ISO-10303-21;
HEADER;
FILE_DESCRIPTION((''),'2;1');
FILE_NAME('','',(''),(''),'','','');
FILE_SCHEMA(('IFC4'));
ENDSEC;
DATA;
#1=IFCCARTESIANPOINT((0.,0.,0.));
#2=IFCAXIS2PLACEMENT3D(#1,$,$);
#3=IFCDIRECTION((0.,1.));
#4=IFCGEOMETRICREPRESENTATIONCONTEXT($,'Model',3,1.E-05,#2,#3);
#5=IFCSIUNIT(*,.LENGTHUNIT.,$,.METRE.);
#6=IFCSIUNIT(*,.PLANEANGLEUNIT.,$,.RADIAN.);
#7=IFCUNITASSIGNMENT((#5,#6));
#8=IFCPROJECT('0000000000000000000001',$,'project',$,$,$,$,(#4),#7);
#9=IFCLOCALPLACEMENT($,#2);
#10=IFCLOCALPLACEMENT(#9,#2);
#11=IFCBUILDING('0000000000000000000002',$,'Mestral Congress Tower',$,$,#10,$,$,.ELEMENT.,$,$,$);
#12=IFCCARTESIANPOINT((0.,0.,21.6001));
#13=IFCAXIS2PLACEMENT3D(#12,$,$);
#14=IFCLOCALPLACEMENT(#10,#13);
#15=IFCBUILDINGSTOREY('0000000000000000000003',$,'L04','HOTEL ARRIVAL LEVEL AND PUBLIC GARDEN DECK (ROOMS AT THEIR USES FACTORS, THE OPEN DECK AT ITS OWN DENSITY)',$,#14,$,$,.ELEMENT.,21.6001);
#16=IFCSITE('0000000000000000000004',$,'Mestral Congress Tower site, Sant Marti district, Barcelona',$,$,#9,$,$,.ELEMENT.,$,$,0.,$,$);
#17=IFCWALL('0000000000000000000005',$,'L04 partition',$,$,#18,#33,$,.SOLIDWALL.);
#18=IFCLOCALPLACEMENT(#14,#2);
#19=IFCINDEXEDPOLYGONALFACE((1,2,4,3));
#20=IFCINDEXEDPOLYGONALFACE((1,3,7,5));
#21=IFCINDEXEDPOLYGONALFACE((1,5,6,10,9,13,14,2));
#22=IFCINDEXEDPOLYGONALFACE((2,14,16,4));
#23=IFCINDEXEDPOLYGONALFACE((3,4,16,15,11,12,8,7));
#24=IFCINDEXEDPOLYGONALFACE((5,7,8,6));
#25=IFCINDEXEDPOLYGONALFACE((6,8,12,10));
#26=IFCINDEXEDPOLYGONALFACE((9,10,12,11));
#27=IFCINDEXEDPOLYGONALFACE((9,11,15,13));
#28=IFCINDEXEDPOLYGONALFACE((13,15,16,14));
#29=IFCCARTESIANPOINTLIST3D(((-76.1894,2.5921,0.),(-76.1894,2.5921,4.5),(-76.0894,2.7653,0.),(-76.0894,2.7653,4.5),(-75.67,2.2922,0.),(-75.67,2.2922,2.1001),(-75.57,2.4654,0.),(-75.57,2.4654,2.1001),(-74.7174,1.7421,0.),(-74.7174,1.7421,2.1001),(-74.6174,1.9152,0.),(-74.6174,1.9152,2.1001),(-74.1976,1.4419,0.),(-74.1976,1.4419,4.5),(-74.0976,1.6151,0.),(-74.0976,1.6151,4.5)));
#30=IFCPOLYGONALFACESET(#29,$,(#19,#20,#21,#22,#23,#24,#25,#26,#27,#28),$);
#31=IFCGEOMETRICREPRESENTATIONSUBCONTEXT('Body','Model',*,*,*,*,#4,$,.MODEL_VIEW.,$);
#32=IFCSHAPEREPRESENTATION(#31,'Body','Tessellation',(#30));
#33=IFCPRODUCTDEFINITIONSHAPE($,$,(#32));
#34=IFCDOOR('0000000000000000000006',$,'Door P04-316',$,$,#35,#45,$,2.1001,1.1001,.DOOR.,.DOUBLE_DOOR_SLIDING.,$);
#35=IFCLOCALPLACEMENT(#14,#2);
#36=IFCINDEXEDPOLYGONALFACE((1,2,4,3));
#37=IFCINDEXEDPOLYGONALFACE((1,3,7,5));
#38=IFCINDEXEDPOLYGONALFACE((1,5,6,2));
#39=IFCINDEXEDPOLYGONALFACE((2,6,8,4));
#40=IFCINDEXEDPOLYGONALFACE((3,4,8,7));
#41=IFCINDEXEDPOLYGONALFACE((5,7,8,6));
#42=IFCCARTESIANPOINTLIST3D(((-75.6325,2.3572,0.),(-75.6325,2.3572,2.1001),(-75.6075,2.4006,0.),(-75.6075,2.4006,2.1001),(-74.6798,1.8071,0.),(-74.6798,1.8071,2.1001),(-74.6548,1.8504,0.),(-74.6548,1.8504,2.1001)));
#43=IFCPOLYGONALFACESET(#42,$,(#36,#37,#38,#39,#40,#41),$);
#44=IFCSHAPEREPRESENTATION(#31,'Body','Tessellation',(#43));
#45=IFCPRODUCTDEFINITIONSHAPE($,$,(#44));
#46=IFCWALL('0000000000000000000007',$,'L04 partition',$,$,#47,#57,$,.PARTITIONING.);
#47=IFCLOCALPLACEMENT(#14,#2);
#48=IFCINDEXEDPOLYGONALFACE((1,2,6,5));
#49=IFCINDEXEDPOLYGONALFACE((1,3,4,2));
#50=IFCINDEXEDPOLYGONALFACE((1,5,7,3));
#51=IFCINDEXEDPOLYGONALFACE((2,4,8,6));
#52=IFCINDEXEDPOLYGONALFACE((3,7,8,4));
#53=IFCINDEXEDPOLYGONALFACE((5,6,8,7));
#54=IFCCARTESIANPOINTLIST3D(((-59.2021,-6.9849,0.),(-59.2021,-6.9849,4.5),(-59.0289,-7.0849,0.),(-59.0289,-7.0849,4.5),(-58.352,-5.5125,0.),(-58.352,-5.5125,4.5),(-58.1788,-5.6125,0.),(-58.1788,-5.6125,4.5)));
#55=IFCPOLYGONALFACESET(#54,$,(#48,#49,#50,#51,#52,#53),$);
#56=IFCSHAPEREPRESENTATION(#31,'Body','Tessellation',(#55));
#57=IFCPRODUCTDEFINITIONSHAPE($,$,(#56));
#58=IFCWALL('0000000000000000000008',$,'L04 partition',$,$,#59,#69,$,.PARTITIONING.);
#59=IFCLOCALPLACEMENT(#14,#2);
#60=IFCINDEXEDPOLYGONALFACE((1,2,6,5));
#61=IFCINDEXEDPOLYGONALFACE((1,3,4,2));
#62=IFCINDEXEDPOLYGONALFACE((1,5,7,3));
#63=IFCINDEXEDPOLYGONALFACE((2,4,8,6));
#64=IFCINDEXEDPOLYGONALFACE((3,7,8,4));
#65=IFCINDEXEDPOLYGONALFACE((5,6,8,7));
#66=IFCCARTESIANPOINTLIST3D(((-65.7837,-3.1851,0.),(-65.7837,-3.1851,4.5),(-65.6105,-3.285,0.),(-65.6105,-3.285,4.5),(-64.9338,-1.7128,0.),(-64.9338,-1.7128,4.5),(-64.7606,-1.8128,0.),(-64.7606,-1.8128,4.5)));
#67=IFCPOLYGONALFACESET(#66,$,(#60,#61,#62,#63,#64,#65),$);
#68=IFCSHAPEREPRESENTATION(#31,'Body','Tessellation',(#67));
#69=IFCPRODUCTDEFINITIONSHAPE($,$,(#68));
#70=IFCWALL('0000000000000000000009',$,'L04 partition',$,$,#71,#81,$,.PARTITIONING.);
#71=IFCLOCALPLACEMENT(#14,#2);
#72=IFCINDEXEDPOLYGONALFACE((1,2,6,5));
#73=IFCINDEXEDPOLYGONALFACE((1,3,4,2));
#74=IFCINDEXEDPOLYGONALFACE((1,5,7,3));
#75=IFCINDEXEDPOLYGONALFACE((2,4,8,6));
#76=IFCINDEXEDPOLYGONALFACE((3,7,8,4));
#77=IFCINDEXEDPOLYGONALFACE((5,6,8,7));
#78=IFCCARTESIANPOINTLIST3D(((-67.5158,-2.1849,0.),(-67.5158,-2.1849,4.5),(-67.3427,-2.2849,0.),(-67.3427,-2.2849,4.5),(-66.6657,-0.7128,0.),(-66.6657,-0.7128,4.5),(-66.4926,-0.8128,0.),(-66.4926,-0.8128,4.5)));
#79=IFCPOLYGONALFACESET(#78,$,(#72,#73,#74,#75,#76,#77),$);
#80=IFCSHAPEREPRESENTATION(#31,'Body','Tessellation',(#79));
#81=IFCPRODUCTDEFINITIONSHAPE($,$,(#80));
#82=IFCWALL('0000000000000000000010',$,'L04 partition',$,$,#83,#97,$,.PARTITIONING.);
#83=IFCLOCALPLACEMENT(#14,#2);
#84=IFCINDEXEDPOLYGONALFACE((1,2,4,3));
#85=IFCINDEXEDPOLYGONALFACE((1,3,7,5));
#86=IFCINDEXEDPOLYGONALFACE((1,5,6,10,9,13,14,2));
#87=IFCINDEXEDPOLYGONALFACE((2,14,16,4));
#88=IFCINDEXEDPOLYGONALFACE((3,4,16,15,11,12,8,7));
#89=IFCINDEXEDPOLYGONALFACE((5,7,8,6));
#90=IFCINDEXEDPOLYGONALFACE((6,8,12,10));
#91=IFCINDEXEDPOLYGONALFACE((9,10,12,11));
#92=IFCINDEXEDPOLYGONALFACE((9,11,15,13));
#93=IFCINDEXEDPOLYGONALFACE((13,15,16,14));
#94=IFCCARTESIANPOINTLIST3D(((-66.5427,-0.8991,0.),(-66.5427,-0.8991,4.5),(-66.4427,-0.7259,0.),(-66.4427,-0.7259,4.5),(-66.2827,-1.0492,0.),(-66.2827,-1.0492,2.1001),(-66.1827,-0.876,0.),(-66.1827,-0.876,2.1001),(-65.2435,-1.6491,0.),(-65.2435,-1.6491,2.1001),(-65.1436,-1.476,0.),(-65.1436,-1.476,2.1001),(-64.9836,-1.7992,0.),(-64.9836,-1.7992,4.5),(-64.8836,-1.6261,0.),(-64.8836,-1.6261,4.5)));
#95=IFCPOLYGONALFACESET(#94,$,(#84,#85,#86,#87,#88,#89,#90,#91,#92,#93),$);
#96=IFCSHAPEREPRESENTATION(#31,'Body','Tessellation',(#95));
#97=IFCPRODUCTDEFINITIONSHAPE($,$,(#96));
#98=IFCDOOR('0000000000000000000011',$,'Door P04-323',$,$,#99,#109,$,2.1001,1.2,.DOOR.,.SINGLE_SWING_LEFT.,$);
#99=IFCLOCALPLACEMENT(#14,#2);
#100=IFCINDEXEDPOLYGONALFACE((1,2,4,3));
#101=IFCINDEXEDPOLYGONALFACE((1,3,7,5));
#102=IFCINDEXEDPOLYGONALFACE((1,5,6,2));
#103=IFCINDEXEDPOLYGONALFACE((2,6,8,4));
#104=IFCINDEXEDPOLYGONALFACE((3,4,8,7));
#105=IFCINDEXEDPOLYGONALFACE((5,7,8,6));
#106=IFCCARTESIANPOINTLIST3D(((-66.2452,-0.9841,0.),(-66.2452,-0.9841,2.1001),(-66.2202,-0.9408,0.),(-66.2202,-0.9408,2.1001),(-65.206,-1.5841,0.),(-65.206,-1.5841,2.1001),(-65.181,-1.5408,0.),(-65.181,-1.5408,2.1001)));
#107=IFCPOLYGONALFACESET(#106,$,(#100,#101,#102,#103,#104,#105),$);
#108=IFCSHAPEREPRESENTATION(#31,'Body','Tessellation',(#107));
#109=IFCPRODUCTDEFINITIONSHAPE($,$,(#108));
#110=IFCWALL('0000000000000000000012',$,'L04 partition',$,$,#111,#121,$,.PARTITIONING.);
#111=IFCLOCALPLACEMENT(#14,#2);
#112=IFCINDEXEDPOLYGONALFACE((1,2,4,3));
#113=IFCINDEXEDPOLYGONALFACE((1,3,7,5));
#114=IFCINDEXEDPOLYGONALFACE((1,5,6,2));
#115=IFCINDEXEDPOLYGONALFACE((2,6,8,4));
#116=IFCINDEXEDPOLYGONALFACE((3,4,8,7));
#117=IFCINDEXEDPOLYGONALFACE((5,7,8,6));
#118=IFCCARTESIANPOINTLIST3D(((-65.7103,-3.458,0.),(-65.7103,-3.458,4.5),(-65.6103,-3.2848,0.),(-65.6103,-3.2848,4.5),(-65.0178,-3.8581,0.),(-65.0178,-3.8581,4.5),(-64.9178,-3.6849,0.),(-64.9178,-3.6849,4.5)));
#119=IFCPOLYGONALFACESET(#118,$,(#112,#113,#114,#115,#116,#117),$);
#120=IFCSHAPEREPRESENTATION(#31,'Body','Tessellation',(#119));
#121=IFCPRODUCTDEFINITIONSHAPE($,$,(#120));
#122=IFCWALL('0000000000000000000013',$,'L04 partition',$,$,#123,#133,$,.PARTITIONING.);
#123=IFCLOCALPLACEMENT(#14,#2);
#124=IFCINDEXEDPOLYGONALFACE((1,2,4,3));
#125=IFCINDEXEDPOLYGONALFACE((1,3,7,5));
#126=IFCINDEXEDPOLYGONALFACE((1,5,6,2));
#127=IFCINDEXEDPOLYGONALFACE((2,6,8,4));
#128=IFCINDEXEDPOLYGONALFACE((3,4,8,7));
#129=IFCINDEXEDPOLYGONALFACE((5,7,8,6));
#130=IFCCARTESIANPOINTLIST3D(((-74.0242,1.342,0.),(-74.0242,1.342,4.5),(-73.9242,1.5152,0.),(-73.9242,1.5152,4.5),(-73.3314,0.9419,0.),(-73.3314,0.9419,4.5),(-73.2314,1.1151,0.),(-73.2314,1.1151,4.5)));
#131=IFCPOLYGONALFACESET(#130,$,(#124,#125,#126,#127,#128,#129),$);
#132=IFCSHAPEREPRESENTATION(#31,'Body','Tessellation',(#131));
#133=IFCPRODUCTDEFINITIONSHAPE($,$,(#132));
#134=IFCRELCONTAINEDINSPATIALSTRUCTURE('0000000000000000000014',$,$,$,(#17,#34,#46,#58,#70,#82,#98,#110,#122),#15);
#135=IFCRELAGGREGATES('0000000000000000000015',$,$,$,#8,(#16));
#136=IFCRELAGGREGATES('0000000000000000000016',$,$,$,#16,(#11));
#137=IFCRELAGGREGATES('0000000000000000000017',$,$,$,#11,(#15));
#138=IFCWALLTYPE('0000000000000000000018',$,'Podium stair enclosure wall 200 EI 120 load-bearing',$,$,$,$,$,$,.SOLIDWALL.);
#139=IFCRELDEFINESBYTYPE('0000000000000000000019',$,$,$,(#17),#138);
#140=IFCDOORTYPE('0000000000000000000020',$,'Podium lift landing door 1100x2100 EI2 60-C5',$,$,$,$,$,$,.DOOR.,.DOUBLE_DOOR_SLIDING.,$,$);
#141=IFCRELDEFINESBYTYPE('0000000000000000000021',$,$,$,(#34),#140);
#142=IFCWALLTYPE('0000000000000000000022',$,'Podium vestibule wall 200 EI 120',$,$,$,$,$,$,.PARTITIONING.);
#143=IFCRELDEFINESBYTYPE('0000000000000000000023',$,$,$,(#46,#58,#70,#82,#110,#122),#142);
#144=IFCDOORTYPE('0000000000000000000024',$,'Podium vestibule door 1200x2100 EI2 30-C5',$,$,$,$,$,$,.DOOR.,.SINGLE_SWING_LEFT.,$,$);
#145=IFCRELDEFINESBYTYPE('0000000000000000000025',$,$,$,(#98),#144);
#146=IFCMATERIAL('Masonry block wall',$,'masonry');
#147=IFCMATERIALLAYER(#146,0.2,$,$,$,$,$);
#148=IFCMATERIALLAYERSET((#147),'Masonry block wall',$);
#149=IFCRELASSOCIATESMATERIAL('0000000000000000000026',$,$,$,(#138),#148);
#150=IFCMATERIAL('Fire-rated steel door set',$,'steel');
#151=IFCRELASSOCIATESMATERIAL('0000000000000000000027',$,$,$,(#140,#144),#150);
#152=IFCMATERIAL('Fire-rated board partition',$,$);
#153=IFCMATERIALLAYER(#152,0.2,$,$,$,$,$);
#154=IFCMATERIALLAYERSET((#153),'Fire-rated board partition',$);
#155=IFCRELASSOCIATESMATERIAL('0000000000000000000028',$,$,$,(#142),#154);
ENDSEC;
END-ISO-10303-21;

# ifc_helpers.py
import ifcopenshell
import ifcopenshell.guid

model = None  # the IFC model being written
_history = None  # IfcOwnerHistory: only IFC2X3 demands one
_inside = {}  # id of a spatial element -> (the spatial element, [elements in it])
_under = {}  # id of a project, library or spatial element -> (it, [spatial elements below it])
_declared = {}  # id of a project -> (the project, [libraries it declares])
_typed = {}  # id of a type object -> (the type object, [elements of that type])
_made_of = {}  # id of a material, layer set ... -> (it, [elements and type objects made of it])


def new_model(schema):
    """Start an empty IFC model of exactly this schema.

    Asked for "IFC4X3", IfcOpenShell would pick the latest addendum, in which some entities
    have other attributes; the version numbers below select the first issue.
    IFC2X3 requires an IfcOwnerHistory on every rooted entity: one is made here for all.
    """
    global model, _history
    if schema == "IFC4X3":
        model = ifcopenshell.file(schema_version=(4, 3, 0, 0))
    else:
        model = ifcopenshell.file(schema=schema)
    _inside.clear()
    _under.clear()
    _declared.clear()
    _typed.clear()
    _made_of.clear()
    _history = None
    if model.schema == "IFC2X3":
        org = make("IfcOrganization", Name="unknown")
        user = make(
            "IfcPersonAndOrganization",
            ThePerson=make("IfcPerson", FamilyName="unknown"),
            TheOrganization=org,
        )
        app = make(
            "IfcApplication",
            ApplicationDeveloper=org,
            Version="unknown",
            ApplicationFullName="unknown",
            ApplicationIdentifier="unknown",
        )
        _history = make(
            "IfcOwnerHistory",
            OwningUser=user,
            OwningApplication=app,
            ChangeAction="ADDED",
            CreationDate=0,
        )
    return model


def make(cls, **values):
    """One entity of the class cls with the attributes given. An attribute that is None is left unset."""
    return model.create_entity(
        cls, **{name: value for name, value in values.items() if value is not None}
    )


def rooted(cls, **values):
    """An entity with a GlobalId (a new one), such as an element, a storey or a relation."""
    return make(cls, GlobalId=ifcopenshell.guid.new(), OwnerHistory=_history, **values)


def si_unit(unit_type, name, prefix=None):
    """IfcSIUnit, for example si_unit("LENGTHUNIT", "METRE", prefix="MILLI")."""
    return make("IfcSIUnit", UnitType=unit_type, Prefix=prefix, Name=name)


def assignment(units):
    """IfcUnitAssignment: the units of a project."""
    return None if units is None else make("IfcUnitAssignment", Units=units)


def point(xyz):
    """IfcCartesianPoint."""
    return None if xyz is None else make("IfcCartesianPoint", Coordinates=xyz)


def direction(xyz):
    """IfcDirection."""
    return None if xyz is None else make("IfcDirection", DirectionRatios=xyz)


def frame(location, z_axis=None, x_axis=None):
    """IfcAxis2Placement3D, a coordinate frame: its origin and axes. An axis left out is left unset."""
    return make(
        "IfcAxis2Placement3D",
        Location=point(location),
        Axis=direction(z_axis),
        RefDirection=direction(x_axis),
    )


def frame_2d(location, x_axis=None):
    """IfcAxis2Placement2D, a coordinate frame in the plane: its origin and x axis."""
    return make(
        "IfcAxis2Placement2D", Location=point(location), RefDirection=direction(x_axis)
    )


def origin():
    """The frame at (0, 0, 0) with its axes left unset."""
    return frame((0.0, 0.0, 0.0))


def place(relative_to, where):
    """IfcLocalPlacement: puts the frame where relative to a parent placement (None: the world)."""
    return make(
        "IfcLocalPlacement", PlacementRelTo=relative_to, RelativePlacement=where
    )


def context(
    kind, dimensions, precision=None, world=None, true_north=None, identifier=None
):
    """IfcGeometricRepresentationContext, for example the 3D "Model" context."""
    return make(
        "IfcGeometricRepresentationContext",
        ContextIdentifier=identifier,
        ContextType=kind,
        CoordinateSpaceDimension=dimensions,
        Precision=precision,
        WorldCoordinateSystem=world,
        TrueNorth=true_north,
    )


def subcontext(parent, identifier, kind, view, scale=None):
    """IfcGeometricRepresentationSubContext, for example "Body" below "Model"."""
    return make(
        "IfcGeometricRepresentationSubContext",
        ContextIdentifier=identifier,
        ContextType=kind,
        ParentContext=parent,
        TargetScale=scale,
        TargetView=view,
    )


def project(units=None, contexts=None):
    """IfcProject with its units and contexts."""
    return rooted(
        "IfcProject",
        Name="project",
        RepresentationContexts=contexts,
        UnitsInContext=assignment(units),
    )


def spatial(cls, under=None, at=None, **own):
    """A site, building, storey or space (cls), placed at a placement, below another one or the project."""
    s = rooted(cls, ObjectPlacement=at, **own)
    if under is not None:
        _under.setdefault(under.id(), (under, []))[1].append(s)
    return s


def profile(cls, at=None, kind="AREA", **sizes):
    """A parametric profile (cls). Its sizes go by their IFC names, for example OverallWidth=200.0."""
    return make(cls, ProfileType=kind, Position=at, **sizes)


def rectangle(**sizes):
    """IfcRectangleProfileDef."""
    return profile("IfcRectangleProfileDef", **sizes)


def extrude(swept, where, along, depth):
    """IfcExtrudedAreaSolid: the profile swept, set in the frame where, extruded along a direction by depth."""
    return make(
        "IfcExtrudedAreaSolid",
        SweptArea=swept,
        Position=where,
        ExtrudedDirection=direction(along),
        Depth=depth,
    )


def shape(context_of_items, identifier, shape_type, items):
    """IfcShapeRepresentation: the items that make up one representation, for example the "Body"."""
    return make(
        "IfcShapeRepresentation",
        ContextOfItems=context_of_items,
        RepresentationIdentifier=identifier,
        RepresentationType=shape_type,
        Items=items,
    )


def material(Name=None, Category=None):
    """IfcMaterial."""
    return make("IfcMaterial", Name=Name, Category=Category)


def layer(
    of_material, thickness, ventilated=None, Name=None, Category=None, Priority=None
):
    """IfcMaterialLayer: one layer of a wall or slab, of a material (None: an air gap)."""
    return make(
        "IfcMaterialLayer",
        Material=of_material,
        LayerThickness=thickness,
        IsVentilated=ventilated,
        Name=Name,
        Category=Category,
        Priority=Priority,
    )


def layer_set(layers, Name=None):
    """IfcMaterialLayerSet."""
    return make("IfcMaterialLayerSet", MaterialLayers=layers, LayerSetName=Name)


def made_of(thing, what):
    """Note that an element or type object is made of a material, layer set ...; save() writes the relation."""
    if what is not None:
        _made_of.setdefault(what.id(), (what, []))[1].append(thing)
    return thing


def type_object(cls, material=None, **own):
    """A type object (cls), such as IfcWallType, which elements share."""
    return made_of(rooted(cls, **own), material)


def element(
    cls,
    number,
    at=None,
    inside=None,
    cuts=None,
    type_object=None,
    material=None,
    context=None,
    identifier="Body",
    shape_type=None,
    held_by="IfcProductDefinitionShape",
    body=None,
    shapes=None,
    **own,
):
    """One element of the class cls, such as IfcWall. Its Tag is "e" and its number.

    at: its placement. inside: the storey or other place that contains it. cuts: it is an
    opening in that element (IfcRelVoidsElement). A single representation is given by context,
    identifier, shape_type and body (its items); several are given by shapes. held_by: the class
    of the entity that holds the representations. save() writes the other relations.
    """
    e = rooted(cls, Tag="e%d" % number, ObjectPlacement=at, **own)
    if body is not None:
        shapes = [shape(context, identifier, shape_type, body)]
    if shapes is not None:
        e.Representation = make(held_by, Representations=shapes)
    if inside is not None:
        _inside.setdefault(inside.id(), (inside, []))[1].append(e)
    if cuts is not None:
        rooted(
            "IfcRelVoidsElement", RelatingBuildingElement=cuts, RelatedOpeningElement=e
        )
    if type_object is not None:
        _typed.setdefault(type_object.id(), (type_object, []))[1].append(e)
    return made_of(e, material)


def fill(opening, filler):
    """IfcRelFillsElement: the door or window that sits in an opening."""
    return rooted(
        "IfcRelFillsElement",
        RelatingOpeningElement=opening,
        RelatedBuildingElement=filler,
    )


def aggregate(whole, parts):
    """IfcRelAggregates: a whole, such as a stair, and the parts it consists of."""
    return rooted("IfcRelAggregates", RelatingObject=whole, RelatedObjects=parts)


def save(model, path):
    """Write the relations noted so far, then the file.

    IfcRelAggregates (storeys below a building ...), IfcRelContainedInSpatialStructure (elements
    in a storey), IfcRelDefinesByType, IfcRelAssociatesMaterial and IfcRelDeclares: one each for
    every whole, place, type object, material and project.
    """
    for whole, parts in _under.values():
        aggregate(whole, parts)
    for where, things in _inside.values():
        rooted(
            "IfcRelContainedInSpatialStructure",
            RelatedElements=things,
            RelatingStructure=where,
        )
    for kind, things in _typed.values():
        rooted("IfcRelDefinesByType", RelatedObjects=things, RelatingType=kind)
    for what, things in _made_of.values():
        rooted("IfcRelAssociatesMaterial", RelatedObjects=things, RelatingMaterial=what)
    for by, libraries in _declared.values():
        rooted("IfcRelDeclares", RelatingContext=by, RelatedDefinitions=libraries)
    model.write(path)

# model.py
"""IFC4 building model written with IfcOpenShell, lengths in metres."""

from ifc_helpers import new_model, si_unit, direction, frame, frame_2d, origin, place, context, subcontext, project, spatial, rectangle, extrude, material, layer, layer_set, type_object, element, fill, save


model = new_model("IFC4")

# Units and contexts
model_context = context("Model", 3, precision=1e-05, world=origin(), true_north=direction((0.0, 1.0)))
body_context = subcontext(model_context, "Body", "Model", "MODEL_VIEW")
ifc_project = project(units=[si_unit("LENGTHUNIT", "METRE"), si_unit("PLANEANGLEUNIT", "RADIAN")], contexts=[model_context])

# Site, building, storey
site_placement = place(None, origin())
site = spatial("IfcSite", under=ifc_project, at=site_placement, Name="Mestral Congress Tower site, Sant Marti district, Barcelona", CompositionType="ELEMENT", RefElevation=0.0)
building_placement = place(site_placement, origin())
building = spatial("IfcBuilding", under=site, at=building_placement, Name="Mestral Congress Tower", CompositionType="ELEMENT")
storey_placement = place(building_placement, frame((0.0, 0.0, 21.6001)))
storey = spatial("IfcBuildingStorey", under=building, at=storey_placement, Name="L04", Description="HOTEL ARRIVAL LEVEL AND PUBLIC GARDEN DECK (ROOMS AT THEIR USES FACTORS, THE OPEN DECK AT ITS OWN DENSITY)", CompositionType="ELEMENT", Elevation=21.6001)

# Shared definitions
ifc_material_1 = material(Name="Masonry block wall", Category="masonry")
ifc_layer_1 = layer(ifc_material_1, 0.2)
ifc_layer_set_1 = layer_set([ifc_layer_1], Name="Masonry block wall")
wall_type_1 = type_object("IfcWallType", Name="Podium stair enclosure wall 200 EI 120 load-bearing", PredefinedType="SOLIDWALL", material=ifc_layer_set_1)

# Shared definitions
ifc_material_2 = material(Name="Fire-rated steel door set", Category="steel")

# Wall, opening, door
wall_1_placement = place(storey_placement, frame((-74.1477, 1.5286, 0.0), z_axis=(0.0, 0.0, 1.0), x_axis=(-0.865981, 0.500078, 0.0)))
wall_1 = element("IfcWall", 1, at=wall_1_placement, inside=storey, type_object=wall_type_1, Name="L04 partition", PredefinedType="SOLIDWALL", context=body_context, shape_type="SweptSolid", body=[
    extrude(rectangle(XDim=2.3, YDim=0.2, at=frame_2d((1.1499, 0.0))), origin(), (0.0, 0.0, 1.0), 4.5),
])
opening_1_placement = place(wall_1_placement, frame((0.6001, 0.0, 0.0)))
opening_1 = element("IfcOpeningElement", 2, at=opening_1_placement, cuts=wall_1, PredefinedType="OPENING", context=body_context, shape_type="SweptSolid", body=[
    extrude(rectangle(XDim=1.1001, YDim=2.1001, at=frame_2d((0.55, 1.05))), frame((0.0, 0.1099, 0.0), z_axis=(0.0, -1.0, 0.0), x_axis=(1.0, 0.0, 0.0)), (0.0, 0.0, 1.0), 0.22),
])
door_type_1 = type_object("IfcDoorType", Name="Podium lift landing door 1100x2100 EI2 60-C5", OperationType="DOUBLE_DOOR_SLIDING", PredefinedType="DOOR", material=ifc_material_2)
door_1_placement = place(opening_1_placement, origin())
door_1 = element("IfcDoor", 3, at=door_1_placement, inside=storey, type_object=door_type_1, Name="Door P04-316", OperationType="DOUBLE_DOOR_SLIDING", OverallHeight=2.1001, OverallWidth=1.1001, PredefinedType="DOOR", context=body_context, shape_type="SweptSolid", body=[
    extrude(rectangle(XDim=1.1001, YDim=2.1001, at=frame_2d((0.55, 1.05))), frame((0.0, 0.0249, 0.0), z_axis=(0.0, -1.0, 0.0), x_axis=(1.0, 0.0, 0.0)), (0.0, 0.0, 1.0), 0.05),
])
fill(opening_1, door_1)

# Walls
ifc_material_3 = material(Name="Fire-rated board partition")
ifc_layer_2 = layer(ifc_material_3, 0.2)
ifc_layer_set_2 = layer_set([ifc_layer_2], Name="Fire-rated board partition")
wall_type_2 = type_object("IfcWallType", Name="Podium vestibule wall 200 EI 120", PredefinedType="PARTITIONING", material=ifc_layer_set_2)
wall_2_placement = place(storey_placement, frame((-58.2654, -5.5625, 0.0), z_axis=(0.0, 0.0, 1.0), x_axis=(-0.5, -0.866025, 0.0)))
element("IfcWall", 4, at=wall_2_placement, inside=storey, type_object=wall_type_2, Name="L04 partition", PredefinedType="PARTITIONING", context=body_context, shape_type="SweptSolid", body=[
    extrude(rectangle(XDim=1.7002, YDim=0.2, at=frame_2d((0.8501, 0.0))), origin(), (0.0, 0.0, 1.0), 4.5),
])
for number, where, z_axis, x_axis, name in (
    (5, (-64.8472, -1.7627, 0.0), (0.0, 0.0, 1.0), (-0.499955, -0.866052, 0.0), "L04 partition"),
    (6, (-66.5791, -0.7627, 0.0), (0.0, 0.0, 1.0), (-0.500062, -0.865989, 0.0), "L04 partition"),
):
    element("IfcWall", number, at=place(storey_placement, frame(where, z_axis=z_axis, x_axis=x_axis)), inside=storey, type_object=wall_type_2, Name=name, PredefinedType="PARTITIONING", context=body_context, shape_type="SweptSolid", body=[
        extrude(rectangle(XDim=1.7, YDim=0.2, at=frame_2d((0.8501, 0.0))), origin(), (0.0, 0.0, 1.0), 4.5),
    ])

# Wall, opening, door
wall_3_placement = place(storey_placement, frame((-64.9336, -1.7126, 0.0), z_axis=(0.0, 0.0, 1.0), x_axis=(-0.866023, 0.500004, 0.0)))
wall_3 = element("IfcWall", 7, at=wall_3_placement, inside=storey, type_object=wall_type_2, Name="L04 partition", PredefinedType="PARTITIONING", context=body_context, shape_type="SweptSolid", body=[
    extrude(rectangle(XDim=1.8003, YDim=0.2, at=frame_2d((0.9001, 0.0))), origin(), (0.0, 0.0, 1.0), 4.5),
])
opening_2_placement = place(wall_3_placement, frame((0.3, 0.0, 0.0)))
opening_2 = element("IfcOpeningElement", 8, at=opening_2_placement, cuts=wall_3, PredefinedType="OPENING", context=body_context, shape_type="SweptSolid", body=[
    extrude(rectangle(XDim=1.2, YDim=2.1001, at=frame_2d((0.6001, 1.05))), frame((0.0, 0.1099, 0.0), z_axis=(0.0, -1.0, 0.0), x_axis=(1.0, 0.0, 0.0)), (0.0, 0.0, 1.0), 0.22),
])
door_type_2 = type_object("IfcDoorType", Name="Podium vestibule door 1200x2100 EI2 30-C5", OperationType="SINGLE_SWING_LEFT", PredefinedType="DOOR", material=ifc_material_2)
door_2_placement = place(opening_2_placement, origin())
door_2 = element("IfcDoor", 9, at=door_2_placement, inside=storey, type_object=door_type_2, Name="Door P04-323", OperationType="SINGLE_SWING_LEFT", OverallHeight=2.1001, OverallWidth=1.2, PredefinedType="DOOR", context=body_context, shape_type="SweptSolid", body=[
    extrude(rectangle(XDim=1.2, YDim=2.1001, at=frame_2d((0.6001, 1.05))), frame((0.0, 0.0249, 0.0), z_axis=(0.0, -1.0, 0.0), x_axis=(1.0, 0.0, 0.0)), (0.0, 0.0, 1.0), 0.05),
])
fill(opening_2, door_2)

# Walls
wall_4_placement = place(storey_placement, frame((-64.9678, -3.7715, 0.0), z_axis=(0.0, 0.0, 1.0), x_axis=(-0.865886, 0.500242, 0.0)))
element("IfcWall", 10, at=wall_4_placement, inside=storey, type_object=wall_type_2, Name="L04 partition", PredefinedType="PARTITIONING", context=body_context, shape_type="SweptSolid", body=[
    extrude(rectangle(XDim=0.7998, YDim=0.2, at=frame_2d((0.3999, 0.0))), origin(), (0.0, 0.0, 1.0), 4.5),
])
wall_5_placement = place(storey_placement, frame((-73.2815, 1.0286, 0.0), z_axis=(0.0, 0.0, 1.0), x_axis=(-0.865962, 0.50011, 0.0)))
element("IfcWall", 11, at=wall_5_placement, inside=storey, type_object=wall_type_2, Name="L04 partition", PredefinedType="PARTITIONING", context=body_context, shape_type="SweptSolid", body=[
    extrude(rectangle(XDim=0.8, YDim=0.2, at=frame_2d((0.3999, 0.0))), origin(), (0.0, 0.0, 1.0), 4.5),
])

save(model, "model.ifc")
